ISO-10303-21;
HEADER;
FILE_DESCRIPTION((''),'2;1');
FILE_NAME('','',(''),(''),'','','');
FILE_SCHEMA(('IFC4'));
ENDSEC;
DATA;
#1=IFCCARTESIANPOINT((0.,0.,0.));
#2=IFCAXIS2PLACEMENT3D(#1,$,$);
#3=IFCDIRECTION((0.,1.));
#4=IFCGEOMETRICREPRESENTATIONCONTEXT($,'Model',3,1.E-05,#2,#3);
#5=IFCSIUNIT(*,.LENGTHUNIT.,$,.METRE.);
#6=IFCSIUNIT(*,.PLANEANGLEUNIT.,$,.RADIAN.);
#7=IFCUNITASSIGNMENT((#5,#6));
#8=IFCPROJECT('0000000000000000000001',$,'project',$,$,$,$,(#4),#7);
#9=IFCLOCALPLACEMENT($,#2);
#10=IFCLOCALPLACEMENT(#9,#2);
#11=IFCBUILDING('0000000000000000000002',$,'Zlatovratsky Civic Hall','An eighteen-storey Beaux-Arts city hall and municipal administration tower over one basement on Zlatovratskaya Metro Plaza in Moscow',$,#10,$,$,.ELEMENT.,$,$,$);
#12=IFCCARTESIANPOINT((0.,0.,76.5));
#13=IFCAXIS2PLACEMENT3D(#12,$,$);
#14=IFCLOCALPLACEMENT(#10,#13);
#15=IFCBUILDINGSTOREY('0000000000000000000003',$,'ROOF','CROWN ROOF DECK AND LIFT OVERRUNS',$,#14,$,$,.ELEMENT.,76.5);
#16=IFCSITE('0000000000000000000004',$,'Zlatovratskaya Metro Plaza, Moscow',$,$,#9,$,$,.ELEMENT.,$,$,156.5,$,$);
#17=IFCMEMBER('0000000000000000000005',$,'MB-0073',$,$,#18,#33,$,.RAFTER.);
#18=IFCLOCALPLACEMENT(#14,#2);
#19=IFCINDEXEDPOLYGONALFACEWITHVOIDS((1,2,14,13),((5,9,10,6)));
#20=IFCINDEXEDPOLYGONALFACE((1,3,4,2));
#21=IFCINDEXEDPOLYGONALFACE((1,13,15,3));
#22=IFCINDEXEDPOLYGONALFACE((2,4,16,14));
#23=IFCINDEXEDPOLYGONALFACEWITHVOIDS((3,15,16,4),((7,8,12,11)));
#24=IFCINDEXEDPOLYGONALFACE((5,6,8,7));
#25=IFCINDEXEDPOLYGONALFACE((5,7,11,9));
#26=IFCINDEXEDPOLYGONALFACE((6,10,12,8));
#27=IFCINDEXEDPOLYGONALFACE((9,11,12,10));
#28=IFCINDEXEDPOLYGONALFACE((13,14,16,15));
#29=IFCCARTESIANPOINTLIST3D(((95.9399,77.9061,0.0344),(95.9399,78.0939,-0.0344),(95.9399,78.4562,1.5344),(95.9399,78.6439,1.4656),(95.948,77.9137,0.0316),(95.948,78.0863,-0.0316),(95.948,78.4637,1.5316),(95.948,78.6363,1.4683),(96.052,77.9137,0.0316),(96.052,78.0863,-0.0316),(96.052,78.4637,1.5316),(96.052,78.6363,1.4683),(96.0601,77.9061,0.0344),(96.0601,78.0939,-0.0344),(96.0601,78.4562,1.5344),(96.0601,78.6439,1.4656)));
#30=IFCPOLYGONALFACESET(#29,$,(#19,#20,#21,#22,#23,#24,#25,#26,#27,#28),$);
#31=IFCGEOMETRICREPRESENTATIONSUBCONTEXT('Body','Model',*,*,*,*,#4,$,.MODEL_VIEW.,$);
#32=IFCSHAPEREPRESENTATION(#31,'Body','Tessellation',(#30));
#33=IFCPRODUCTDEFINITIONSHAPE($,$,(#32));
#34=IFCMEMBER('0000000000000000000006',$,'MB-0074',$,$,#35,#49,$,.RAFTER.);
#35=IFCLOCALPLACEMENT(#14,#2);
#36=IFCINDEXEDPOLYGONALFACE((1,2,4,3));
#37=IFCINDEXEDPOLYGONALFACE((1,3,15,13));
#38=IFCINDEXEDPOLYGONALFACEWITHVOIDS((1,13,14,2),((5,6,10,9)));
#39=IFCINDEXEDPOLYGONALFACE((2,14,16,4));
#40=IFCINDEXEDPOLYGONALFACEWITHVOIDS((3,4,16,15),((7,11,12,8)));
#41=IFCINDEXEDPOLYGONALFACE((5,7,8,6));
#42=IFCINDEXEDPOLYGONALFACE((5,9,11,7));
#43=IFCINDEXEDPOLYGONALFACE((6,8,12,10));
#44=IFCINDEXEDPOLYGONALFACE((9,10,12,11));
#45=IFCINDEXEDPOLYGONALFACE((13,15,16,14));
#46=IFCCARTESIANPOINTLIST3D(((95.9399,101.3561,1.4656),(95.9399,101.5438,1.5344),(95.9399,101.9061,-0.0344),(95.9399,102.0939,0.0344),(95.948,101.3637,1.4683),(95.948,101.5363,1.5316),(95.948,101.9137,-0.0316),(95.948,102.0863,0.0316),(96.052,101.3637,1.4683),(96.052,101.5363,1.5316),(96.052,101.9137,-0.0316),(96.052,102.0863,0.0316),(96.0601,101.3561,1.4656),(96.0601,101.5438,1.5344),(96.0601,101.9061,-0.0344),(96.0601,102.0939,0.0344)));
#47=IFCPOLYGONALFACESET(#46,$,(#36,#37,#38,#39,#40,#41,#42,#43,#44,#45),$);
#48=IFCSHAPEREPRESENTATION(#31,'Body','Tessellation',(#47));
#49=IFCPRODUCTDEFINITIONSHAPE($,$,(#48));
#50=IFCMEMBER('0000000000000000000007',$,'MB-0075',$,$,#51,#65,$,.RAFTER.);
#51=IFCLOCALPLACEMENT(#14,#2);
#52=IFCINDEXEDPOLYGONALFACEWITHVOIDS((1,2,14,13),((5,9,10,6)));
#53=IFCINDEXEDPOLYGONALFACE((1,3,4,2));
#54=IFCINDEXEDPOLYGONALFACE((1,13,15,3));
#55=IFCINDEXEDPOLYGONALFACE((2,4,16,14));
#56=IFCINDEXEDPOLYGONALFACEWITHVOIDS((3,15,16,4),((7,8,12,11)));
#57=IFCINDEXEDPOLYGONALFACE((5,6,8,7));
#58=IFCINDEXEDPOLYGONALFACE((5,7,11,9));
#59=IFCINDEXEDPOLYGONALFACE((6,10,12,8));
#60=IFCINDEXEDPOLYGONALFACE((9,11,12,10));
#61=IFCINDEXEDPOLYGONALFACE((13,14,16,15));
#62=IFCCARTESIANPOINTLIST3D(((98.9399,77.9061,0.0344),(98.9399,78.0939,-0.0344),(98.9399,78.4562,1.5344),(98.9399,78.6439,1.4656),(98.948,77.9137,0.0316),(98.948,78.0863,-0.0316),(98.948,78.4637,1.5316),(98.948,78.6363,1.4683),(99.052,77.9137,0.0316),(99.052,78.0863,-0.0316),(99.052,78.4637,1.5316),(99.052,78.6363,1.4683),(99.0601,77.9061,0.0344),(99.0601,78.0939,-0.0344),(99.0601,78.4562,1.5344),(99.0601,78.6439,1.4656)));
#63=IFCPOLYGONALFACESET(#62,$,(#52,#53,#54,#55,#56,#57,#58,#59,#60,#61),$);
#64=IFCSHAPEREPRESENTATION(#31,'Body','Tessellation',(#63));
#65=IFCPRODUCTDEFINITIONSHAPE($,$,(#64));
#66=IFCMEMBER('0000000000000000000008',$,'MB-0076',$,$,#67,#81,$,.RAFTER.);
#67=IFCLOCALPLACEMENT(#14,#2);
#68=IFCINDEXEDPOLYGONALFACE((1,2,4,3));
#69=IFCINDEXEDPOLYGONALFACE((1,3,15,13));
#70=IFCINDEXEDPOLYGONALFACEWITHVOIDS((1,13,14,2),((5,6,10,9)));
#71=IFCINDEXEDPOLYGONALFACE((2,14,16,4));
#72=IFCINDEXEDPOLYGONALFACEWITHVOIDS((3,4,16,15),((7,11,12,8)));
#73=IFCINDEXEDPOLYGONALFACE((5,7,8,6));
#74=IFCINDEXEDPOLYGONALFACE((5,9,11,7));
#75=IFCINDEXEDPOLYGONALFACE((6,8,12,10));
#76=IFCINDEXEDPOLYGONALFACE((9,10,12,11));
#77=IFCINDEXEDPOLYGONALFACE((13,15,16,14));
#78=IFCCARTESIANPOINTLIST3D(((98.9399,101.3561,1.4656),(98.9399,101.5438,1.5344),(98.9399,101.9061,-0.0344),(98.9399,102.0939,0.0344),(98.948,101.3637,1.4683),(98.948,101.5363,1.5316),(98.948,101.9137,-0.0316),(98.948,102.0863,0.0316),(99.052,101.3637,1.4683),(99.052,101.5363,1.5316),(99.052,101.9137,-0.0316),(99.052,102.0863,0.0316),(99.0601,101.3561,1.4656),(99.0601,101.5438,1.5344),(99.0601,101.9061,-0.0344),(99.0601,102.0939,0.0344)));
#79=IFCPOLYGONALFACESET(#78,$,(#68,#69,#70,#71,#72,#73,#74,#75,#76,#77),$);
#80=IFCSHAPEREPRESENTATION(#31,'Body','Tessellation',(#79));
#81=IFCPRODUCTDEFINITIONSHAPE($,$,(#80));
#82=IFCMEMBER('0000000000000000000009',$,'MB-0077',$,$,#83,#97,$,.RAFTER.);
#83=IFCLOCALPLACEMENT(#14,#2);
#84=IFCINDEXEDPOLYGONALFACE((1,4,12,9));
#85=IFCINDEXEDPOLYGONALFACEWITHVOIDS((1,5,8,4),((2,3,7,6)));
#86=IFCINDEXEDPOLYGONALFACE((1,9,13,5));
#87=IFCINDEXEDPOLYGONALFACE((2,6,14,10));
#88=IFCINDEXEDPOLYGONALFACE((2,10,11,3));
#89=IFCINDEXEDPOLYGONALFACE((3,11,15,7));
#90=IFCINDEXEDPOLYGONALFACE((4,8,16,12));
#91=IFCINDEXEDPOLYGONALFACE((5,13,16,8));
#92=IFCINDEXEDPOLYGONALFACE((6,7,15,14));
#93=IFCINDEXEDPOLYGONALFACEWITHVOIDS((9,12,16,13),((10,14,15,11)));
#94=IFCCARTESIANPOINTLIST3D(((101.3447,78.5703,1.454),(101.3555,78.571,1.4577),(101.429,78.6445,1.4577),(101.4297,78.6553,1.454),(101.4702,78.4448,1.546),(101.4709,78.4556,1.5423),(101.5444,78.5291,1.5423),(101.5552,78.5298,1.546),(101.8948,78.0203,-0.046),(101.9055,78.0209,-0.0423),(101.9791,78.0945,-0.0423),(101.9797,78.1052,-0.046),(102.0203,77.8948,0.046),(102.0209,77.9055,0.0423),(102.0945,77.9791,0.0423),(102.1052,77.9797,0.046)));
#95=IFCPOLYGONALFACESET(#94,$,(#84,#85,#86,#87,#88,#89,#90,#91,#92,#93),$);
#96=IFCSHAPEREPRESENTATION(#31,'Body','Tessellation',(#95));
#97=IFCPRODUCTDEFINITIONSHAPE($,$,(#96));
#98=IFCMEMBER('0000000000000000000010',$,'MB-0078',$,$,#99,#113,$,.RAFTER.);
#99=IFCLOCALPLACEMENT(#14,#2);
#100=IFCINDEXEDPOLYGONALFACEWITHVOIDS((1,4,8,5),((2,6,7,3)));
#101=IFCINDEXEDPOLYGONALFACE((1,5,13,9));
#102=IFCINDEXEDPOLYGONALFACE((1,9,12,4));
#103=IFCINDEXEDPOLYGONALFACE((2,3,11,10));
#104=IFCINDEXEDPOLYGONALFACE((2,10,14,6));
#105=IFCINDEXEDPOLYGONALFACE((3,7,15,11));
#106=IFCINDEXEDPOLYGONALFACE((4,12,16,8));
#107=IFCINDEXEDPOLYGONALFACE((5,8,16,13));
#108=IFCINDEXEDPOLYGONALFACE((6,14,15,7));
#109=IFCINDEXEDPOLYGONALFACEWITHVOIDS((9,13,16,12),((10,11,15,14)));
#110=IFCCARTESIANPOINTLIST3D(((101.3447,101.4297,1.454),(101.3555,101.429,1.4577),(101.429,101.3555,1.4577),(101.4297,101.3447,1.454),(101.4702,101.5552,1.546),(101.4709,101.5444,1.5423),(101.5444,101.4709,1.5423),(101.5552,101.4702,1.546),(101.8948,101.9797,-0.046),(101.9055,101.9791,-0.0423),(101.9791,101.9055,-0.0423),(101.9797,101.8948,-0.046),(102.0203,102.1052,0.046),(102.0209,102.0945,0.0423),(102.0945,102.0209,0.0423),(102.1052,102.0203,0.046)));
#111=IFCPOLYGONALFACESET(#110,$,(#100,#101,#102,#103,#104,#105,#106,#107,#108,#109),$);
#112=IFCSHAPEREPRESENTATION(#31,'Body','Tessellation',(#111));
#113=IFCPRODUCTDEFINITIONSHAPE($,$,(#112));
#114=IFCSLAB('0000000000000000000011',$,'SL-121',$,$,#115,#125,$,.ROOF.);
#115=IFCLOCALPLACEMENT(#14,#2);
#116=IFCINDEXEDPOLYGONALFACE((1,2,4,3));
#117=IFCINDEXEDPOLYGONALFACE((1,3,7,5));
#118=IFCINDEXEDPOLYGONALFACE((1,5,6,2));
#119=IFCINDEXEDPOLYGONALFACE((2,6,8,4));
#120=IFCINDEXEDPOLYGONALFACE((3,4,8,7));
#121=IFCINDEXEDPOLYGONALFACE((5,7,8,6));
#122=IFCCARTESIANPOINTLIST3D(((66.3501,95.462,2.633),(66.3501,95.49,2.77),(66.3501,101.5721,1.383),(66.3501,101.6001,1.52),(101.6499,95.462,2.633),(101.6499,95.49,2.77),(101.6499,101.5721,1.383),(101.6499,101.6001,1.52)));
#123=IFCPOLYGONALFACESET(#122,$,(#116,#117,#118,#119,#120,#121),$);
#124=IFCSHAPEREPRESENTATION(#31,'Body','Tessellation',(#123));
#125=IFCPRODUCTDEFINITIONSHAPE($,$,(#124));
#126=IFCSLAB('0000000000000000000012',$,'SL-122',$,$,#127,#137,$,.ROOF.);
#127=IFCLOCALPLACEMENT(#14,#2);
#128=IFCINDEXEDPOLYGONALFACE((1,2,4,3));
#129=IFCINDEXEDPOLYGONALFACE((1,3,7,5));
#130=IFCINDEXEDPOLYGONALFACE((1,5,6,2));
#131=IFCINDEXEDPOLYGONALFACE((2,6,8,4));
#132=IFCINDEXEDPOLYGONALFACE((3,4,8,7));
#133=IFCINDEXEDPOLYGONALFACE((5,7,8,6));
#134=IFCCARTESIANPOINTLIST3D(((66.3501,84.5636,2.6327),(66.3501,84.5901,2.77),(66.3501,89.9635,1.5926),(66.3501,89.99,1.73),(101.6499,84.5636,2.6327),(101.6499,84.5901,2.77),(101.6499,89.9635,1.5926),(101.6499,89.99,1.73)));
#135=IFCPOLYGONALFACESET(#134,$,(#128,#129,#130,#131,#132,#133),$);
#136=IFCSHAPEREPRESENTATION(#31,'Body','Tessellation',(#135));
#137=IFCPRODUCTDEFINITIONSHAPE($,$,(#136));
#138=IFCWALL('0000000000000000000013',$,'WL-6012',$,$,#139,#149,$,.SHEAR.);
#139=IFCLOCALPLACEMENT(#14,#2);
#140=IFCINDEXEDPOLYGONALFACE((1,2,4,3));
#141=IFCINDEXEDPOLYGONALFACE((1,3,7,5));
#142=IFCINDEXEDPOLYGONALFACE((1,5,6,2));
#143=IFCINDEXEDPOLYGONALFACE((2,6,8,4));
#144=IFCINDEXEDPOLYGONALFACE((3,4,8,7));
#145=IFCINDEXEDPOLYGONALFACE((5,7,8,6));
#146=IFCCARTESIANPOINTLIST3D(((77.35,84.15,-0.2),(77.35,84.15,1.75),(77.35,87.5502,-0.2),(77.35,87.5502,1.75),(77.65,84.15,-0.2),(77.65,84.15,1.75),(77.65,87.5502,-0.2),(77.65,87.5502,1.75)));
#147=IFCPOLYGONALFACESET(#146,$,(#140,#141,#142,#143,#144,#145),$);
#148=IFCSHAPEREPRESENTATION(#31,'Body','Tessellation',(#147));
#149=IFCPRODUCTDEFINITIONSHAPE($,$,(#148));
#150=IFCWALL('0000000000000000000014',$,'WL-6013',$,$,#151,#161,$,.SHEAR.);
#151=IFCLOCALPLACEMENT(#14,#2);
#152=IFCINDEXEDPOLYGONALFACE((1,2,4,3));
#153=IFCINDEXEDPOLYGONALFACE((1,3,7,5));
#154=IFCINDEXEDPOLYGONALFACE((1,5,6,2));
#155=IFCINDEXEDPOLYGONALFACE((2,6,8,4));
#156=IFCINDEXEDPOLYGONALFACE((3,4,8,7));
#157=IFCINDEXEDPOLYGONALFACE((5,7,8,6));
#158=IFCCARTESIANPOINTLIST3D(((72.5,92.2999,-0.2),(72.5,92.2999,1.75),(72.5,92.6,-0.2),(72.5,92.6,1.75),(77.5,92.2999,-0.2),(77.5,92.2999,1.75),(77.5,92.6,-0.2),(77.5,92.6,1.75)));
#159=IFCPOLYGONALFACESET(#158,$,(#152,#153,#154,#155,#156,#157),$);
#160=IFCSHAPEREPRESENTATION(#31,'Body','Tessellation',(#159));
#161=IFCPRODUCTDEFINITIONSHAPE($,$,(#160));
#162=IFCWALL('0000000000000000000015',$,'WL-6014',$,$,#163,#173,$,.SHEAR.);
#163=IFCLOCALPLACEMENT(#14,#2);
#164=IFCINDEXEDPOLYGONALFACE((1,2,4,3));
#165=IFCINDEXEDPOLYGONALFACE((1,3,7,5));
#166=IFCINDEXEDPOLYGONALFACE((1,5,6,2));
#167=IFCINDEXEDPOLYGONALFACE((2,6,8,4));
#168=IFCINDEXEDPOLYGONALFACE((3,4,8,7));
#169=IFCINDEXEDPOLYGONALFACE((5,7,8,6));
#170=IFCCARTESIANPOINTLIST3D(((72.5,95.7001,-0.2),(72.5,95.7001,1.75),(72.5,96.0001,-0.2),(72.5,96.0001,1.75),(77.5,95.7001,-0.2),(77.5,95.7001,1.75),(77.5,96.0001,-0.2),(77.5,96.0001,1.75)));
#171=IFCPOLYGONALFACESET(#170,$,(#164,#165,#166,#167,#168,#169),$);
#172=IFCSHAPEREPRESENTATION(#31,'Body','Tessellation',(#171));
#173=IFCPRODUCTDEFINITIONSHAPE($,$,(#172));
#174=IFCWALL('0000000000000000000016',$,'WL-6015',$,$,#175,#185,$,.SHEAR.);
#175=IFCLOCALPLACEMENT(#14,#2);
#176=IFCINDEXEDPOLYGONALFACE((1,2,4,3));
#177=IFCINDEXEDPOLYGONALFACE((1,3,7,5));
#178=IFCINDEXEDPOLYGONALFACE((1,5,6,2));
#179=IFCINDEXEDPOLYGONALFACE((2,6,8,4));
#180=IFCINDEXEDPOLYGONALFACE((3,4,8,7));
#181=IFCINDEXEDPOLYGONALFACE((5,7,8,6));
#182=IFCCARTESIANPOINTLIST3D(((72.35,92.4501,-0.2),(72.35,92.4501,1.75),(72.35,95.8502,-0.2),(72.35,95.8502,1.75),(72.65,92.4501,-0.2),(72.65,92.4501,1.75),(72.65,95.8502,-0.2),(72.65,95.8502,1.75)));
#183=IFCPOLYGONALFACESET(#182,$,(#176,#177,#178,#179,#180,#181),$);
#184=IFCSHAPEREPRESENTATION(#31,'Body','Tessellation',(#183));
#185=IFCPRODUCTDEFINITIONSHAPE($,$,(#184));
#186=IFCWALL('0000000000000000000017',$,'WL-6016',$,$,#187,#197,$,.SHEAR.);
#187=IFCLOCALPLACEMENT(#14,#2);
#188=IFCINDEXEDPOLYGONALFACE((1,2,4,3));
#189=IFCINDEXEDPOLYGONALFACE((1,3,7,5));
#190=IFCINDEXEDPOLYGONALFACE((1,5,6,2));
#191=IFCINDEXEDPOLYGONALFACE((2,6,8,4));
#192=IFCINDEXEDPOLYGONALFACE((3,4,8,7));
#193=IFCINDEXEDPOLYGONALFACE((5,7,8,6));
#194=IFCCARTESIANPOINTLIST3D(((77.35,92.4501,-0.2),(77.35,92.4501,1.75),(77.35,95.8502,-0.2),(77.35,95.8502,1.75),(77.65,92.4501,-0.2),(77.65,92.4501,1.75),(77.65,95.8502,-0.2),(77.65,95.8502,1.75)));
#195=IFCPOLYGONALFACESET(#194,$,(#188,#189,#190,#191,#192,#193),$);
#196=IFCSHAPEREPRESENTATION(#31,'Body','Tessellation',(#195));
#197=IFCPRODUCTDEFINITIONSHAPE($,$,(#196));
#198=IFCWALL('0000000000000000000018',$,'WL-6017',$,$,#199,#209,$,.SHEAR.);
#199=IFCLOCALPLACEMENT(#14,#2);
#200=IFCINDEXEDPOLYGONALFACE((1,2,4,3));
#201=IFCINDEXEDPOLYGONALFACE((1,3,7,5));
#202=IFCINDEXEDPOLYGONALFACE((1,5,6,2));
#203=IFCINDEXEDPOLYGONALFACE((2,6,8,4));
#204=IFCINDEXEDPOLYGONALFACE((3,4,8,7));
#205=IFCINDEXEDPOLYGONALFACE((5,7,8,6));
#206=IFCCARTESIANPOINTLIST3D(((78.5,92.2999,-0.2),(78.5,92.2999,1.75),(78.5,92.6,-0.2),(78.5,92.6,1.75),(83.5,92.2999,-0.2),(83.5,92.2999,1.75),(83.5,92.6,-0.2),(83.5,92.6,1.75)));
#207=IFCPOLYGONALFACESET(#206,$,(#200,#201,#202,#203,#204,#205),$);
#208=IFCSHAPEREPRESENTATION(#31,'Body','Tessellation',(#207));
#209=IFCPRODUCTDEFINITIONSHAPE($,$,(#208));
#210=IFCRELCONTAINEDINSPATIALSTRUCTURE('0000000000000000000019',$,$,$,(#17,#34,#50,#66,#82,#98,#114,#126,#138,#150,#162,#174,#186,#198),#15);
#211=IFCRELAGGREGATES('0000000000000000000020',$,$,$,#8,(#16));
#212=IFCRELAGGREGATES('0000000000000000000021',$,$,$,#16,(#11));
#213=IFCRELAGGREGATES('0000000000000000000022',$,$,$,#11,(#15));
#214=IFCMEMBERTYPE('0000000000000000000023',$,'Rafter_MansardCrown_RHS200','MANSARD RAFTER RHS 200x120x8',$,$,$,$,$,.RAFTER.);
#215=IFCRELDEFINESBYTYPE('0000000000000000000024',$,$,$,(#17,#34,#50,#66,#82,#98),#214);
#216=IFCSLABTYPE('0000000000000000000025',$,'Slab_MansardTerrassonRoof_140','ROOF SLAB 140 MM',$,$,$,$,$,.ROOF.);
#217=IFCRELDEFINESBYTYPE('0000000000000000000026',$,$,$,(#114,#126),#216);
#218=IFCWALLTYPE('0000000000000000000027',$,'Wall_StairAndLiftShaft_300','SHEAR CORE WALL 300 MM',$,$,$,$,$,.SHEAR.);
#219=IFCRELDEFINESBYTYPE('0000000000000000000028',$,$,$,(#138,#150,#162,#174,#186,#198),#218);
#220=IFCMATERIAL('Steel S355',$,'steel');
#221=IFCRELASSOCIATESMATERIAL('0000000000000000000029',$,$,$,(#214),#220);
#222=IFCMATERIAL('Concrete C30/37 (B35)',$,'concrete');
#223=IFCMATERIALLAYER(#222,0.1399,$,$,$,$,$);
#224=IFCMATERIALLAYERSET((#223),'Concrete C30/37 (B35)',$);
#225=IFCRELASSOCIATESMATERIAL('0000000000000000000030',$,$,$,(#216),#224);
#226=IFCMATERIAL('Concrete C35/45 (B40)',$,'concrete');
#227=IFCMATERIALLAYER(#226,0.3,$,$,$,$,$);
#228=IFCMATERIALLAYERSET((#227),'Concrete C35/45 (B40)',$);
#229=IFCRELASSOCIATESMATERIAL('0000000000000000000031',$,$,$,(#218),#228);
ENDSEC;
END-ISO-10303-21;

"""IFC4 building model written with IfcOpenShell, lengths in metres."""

from ifc_helpers import new_model, si_unit, direction, frame, frame_2d, origin, origin_2d, place, context, subcontext, project, spatial, polyline, rectangle, hollow_rectangle, outline, extrude, material, layer, layer_set, material_profile, profile_set, type_object, element, save


model = new_model("IFC4")

# Units and contexts
model_context = context("Model", 3, precision=1e-05, world=origin(), true_north=direction((0.0, 1.0)))
body_context = subcontext(model_context, "Body", "Model", "MODEL_VIEW")
ifc_project = project(units=[si_unit("LENGTHUNIT", "METRE"), si_unit("PLANEANGLEUNIT", "RADIAN")], contexts=[model_context])

# Site, building, storey
site_placement = place(None, origin())
site = spatial("IfcSite", under=ifc_project, at=site_placement, Name="Zlatovratskaya Metro Plaza, Moscow", CompositionType="ELEMENT", RefElevation=156.5)
building_placement = place(site_placement, origin())
building = spatial("IfcBuilding", under=site, at=building_placement, Name="Zlatovratsky Civic Hall", Description="An eighteen-storey Beaux-Arts city hall and municipal administration tower over one basement on Zlatovratskaya Metro Plaza in Moscow", CompositionType="ELEMENT")
storey_placement = place(building_placement, frame((0.0, 0.0, 76.5)))
storey = spatial("IfcBuildingStorey", under=building, at=storey_placement, Name="ROOF", Description="CROWN ROOF DECK AND LIFT OVERRUNS", CompositionType="ELEMENT", Elevation=76.5)

# Members
ifc_material_1 = material(Name="Steel S355", Category="steel")
ifc_material_profile = material_profile(ifc_material_1, hollow_rectangle(XDim=0.1201, YDim=0.2, WallThickness=0.0081, at=origin_2d()), Name="RHS 200x120x8")
ifc_profile_set = profile_set([ifc_material_profile], Name="Steel S355")
member_type = type_object("IfcMemberType", Name="Rafter_MansardCrown_RHS200", Description="MANSARD RAFTER RHS 200x120x8", PredefinedType="RAFTER", material=ifc_profile_set)
for number, where, z_axis, x_axis, name in (
    (1, (96.0, 78.0, 0.0), (0.0, 0.344282, 0.938866), (-1.0, 0.0, 0.0), "MB-0073"),
    (2, (96.0, 102.0, 0.0), (0.0, -0.344282, 0.938866), (1.0, 0.0, 0.0), "MB-0074"),
    (3, (99.0, 78.0, 0.0), (0.0, 0.344282, 0.938866), (-1.0, 0.0, 0.0), "MB-0075"),
    (4, (99.0, 102.0, 0.0), (0.0, -0.344282, 0.938866), (1.0, 0.0, 0.0), "MB-0076"),
):
    element("IfcMember", number, at=place(storey_placement, frame(where, z_axis=z_axis, x_axis=x_axis)), inside=storey, type_object=member_type, Name=name, PredefinedType="RAFTER", context=body_context, shape_type="SweptSolid", body=[
        extrude(hollow_rectangle(XDim=0.1201, YDim=0.2, WallThickness=0.0081, at=origin_2d()), origin(), (0.0, 0.0, 1.0), 1.5977),
    ])
for number, where, z_axis, x_axis, name in (
    (5, (102.0, 78.0, 0.0), (-0.325529, 0.325529, 0.887728), (-0.707107, -0.707107, 0.0), "MB-0077"),
    (6, (102.0, 102.0, 0.0), (-0.325529, -0.325529, 0.887728), (0.707107, -0.707107, 0.0), "MB-0078"),
):
    element("IfcMember", number, at=place(storey_placement, frame(where, z_axis=z_axis, x_axis=x_axis)), inside=storey, type_object=member_type, Name=name, PredefinedType="RAFTER", context=body_context, shape_type="SweptSolid", body=[
        extrude(hollow_rectangle(XDim=0.1201, YDim=0.2, WallThickness=0.0081, at=origin_2d()), origin(), (0.0, 0.0, 1.0), 1.6897),
    ])

# Slabs
ifc_material_2 = material(Name="Concrete C30/37 (B35)", Category="concrete")
ifc_layer_1 = layer(ifc_material_2, 0.1399)
ifc_layer_set_1 = layer_set([ifc_layer_1], Name="Concrete C30/37 (B35)")
slab_type = type_object("IfcSlabType", Name="Slab_MansardTerrassonRoof_140", Description="ROOF SLAB 140 MM", PredefinedType="ROOF", material=ifc_layer_set_1)
slab_1_placement = place(storey_placement, frame((101.6499, 101.6001, 1.52), z_axis=(0.0, 0.200428, 0.979708), x_axis=(-1.0, 0.0, 0.0)))
element("IfcSlab", 7, at=slab_1_placement, inside=storey, type_object=slab_type, Name="SL-121", PredefinedType="ROOF", context=body_context, shape_type="SweptSolid", body=[
    extrude(outline(polyline([(0.0, 0.0), (35.2998, 0.0), (35.2998, 6.2367), (0.0, 6.2367), (0.0, 0.0)])), origin(), (0.0, 0.0, -1.0), 0.1399),
])
slab_2_placement = place(storey_placement, frame((101.6499, 84.5901, 2.77), z_axis=(0.0, 0.189127, 0.981953), x_axis=(-1.0, 0.0, 0.0)))
element("IfcSlab", 8, at=slab_2_placement, inside=storey, type_object=slab_type, Name="SL-122", PredefinedType="ROOF", context=body_context, shape_type="SweptSolid", body=[
    extrude(outline(polyline([(0.0, 0.0), (35.2998, 0.0), (35.2998, -5.4991), (0.0, -5.4991), (0.0, 0.0)])), origin(), (0.0, 0.0, -1.0), 0.1399),
])

# Walls
ifc_material_3 = material(Name="Concrete C35/45 (B40)", Category="concrete")
ifc_layer_2 = layer(ifc_material_3, 0.3)
ifc_layer_set_2 = layer_set([ifc_layer_2], Name="Concrete C35/45 (B40)")
wall_type = type_object("IfcWallType", Name="Wall_StairAndLiftShaft_300", Description="SHEAR CORE WALL 300 MM", PredefinedType="SHEAR", material=ifc_layer_set_2)
wall_placement = place(storey_placement, frame((77.5, 84.1499, -0.2), z_axis=(0.0, 0.0, 1.0), x_axis=(0.0, 1.0, 0.0)))
element("IfcWall", 9, at=wall_placement, inside=storey, type_object=wall_type, Name="WL-6012", PredefinedType="SHEAR", context=body_context, shape_type="SweptSolid", body=[
    extrude(rectangle(XDim=3.4001, YDim=0.3, at=frame_2d((1.7002, 0.0))), origin(), (0.0, 0.0, 1.0), 1.95),
])
for number, where, z_axis, x_axis, name in (
    (10, (72.5, 92.45, -0.2), (0.0, 0.0, 1.0), (1.0, 0.0, 0.0), "WL-6013"),
    (11, (72.5, 95.8501, -0.2), (0.0, 0.0, 1.0), (1.0, 0.0, 0.0), "WL-6014"),
):
    element("IfcWall", number, at=place(storey_placement, frame(where, z_axis=z_axis, x_axis=x_axis)), inside=storey, type_object=wall_type, Name=name, PredefinedType="SHEAR", context=body_context, shape_type="SweptSolid", body=[
        extrude(rectangle(XDim=5.0, YDim=0.3, at=frame_2d((2.5, 0.0))), origin(), (0.0, 0.0, 1.0), 1.95),
    ])
for number, where, z_axis, x_axis, name in (
    (12, (72.5, 92.45, -0.2), (0.0, 0.0, 1.0), (0.0, 1.0, 0.0), "WL-6015"),
    (13, (77.5, 92.45, -0.2), (0.0, 0.0, 1.0), (0.0, 1.0, 0.0), "WL-6016"),
):
    element("IfcWall", number, at=place(storey_placement, frame(where, z_axis=z_axis, x_axis=x_axis)), inside=storey, type_object=wall_type, Name=name, PredefinedType="SHEAR", context=body_context, shape_type="SweptSolid", body=[
        extrude(rectangle(XDim=3.4001, YDim=0.3, at=frame_2d((1.7002, 0.0))), origin(), (0.0, 0.0, 1.0), 1.95),
    ])
for number, where, z_axis, x_axis, name in (
    (14, (78.5, 92.45, -0.2), (0.0, 0.0, 1.0), (1.0, 0.0, 0.0), "WL-6017"),
):
    element("IfcWall", number, at=place(storey_placement, frame(where, z_axis=z_axis, x_axis=x_axis)), inside=storey, type_object=wall_type, Name=name, PredefinedType="SHEAR", context=body_context, shape_type="SweptSolid", body=[
        extrude(rectangle(XDim=5.0, YDim=0.3, at=frame_2d((2.5, 0.0))), origin(), (0.0, 0.0, 1.0), 1.95),
    ])

save(model, "model.ifc")
